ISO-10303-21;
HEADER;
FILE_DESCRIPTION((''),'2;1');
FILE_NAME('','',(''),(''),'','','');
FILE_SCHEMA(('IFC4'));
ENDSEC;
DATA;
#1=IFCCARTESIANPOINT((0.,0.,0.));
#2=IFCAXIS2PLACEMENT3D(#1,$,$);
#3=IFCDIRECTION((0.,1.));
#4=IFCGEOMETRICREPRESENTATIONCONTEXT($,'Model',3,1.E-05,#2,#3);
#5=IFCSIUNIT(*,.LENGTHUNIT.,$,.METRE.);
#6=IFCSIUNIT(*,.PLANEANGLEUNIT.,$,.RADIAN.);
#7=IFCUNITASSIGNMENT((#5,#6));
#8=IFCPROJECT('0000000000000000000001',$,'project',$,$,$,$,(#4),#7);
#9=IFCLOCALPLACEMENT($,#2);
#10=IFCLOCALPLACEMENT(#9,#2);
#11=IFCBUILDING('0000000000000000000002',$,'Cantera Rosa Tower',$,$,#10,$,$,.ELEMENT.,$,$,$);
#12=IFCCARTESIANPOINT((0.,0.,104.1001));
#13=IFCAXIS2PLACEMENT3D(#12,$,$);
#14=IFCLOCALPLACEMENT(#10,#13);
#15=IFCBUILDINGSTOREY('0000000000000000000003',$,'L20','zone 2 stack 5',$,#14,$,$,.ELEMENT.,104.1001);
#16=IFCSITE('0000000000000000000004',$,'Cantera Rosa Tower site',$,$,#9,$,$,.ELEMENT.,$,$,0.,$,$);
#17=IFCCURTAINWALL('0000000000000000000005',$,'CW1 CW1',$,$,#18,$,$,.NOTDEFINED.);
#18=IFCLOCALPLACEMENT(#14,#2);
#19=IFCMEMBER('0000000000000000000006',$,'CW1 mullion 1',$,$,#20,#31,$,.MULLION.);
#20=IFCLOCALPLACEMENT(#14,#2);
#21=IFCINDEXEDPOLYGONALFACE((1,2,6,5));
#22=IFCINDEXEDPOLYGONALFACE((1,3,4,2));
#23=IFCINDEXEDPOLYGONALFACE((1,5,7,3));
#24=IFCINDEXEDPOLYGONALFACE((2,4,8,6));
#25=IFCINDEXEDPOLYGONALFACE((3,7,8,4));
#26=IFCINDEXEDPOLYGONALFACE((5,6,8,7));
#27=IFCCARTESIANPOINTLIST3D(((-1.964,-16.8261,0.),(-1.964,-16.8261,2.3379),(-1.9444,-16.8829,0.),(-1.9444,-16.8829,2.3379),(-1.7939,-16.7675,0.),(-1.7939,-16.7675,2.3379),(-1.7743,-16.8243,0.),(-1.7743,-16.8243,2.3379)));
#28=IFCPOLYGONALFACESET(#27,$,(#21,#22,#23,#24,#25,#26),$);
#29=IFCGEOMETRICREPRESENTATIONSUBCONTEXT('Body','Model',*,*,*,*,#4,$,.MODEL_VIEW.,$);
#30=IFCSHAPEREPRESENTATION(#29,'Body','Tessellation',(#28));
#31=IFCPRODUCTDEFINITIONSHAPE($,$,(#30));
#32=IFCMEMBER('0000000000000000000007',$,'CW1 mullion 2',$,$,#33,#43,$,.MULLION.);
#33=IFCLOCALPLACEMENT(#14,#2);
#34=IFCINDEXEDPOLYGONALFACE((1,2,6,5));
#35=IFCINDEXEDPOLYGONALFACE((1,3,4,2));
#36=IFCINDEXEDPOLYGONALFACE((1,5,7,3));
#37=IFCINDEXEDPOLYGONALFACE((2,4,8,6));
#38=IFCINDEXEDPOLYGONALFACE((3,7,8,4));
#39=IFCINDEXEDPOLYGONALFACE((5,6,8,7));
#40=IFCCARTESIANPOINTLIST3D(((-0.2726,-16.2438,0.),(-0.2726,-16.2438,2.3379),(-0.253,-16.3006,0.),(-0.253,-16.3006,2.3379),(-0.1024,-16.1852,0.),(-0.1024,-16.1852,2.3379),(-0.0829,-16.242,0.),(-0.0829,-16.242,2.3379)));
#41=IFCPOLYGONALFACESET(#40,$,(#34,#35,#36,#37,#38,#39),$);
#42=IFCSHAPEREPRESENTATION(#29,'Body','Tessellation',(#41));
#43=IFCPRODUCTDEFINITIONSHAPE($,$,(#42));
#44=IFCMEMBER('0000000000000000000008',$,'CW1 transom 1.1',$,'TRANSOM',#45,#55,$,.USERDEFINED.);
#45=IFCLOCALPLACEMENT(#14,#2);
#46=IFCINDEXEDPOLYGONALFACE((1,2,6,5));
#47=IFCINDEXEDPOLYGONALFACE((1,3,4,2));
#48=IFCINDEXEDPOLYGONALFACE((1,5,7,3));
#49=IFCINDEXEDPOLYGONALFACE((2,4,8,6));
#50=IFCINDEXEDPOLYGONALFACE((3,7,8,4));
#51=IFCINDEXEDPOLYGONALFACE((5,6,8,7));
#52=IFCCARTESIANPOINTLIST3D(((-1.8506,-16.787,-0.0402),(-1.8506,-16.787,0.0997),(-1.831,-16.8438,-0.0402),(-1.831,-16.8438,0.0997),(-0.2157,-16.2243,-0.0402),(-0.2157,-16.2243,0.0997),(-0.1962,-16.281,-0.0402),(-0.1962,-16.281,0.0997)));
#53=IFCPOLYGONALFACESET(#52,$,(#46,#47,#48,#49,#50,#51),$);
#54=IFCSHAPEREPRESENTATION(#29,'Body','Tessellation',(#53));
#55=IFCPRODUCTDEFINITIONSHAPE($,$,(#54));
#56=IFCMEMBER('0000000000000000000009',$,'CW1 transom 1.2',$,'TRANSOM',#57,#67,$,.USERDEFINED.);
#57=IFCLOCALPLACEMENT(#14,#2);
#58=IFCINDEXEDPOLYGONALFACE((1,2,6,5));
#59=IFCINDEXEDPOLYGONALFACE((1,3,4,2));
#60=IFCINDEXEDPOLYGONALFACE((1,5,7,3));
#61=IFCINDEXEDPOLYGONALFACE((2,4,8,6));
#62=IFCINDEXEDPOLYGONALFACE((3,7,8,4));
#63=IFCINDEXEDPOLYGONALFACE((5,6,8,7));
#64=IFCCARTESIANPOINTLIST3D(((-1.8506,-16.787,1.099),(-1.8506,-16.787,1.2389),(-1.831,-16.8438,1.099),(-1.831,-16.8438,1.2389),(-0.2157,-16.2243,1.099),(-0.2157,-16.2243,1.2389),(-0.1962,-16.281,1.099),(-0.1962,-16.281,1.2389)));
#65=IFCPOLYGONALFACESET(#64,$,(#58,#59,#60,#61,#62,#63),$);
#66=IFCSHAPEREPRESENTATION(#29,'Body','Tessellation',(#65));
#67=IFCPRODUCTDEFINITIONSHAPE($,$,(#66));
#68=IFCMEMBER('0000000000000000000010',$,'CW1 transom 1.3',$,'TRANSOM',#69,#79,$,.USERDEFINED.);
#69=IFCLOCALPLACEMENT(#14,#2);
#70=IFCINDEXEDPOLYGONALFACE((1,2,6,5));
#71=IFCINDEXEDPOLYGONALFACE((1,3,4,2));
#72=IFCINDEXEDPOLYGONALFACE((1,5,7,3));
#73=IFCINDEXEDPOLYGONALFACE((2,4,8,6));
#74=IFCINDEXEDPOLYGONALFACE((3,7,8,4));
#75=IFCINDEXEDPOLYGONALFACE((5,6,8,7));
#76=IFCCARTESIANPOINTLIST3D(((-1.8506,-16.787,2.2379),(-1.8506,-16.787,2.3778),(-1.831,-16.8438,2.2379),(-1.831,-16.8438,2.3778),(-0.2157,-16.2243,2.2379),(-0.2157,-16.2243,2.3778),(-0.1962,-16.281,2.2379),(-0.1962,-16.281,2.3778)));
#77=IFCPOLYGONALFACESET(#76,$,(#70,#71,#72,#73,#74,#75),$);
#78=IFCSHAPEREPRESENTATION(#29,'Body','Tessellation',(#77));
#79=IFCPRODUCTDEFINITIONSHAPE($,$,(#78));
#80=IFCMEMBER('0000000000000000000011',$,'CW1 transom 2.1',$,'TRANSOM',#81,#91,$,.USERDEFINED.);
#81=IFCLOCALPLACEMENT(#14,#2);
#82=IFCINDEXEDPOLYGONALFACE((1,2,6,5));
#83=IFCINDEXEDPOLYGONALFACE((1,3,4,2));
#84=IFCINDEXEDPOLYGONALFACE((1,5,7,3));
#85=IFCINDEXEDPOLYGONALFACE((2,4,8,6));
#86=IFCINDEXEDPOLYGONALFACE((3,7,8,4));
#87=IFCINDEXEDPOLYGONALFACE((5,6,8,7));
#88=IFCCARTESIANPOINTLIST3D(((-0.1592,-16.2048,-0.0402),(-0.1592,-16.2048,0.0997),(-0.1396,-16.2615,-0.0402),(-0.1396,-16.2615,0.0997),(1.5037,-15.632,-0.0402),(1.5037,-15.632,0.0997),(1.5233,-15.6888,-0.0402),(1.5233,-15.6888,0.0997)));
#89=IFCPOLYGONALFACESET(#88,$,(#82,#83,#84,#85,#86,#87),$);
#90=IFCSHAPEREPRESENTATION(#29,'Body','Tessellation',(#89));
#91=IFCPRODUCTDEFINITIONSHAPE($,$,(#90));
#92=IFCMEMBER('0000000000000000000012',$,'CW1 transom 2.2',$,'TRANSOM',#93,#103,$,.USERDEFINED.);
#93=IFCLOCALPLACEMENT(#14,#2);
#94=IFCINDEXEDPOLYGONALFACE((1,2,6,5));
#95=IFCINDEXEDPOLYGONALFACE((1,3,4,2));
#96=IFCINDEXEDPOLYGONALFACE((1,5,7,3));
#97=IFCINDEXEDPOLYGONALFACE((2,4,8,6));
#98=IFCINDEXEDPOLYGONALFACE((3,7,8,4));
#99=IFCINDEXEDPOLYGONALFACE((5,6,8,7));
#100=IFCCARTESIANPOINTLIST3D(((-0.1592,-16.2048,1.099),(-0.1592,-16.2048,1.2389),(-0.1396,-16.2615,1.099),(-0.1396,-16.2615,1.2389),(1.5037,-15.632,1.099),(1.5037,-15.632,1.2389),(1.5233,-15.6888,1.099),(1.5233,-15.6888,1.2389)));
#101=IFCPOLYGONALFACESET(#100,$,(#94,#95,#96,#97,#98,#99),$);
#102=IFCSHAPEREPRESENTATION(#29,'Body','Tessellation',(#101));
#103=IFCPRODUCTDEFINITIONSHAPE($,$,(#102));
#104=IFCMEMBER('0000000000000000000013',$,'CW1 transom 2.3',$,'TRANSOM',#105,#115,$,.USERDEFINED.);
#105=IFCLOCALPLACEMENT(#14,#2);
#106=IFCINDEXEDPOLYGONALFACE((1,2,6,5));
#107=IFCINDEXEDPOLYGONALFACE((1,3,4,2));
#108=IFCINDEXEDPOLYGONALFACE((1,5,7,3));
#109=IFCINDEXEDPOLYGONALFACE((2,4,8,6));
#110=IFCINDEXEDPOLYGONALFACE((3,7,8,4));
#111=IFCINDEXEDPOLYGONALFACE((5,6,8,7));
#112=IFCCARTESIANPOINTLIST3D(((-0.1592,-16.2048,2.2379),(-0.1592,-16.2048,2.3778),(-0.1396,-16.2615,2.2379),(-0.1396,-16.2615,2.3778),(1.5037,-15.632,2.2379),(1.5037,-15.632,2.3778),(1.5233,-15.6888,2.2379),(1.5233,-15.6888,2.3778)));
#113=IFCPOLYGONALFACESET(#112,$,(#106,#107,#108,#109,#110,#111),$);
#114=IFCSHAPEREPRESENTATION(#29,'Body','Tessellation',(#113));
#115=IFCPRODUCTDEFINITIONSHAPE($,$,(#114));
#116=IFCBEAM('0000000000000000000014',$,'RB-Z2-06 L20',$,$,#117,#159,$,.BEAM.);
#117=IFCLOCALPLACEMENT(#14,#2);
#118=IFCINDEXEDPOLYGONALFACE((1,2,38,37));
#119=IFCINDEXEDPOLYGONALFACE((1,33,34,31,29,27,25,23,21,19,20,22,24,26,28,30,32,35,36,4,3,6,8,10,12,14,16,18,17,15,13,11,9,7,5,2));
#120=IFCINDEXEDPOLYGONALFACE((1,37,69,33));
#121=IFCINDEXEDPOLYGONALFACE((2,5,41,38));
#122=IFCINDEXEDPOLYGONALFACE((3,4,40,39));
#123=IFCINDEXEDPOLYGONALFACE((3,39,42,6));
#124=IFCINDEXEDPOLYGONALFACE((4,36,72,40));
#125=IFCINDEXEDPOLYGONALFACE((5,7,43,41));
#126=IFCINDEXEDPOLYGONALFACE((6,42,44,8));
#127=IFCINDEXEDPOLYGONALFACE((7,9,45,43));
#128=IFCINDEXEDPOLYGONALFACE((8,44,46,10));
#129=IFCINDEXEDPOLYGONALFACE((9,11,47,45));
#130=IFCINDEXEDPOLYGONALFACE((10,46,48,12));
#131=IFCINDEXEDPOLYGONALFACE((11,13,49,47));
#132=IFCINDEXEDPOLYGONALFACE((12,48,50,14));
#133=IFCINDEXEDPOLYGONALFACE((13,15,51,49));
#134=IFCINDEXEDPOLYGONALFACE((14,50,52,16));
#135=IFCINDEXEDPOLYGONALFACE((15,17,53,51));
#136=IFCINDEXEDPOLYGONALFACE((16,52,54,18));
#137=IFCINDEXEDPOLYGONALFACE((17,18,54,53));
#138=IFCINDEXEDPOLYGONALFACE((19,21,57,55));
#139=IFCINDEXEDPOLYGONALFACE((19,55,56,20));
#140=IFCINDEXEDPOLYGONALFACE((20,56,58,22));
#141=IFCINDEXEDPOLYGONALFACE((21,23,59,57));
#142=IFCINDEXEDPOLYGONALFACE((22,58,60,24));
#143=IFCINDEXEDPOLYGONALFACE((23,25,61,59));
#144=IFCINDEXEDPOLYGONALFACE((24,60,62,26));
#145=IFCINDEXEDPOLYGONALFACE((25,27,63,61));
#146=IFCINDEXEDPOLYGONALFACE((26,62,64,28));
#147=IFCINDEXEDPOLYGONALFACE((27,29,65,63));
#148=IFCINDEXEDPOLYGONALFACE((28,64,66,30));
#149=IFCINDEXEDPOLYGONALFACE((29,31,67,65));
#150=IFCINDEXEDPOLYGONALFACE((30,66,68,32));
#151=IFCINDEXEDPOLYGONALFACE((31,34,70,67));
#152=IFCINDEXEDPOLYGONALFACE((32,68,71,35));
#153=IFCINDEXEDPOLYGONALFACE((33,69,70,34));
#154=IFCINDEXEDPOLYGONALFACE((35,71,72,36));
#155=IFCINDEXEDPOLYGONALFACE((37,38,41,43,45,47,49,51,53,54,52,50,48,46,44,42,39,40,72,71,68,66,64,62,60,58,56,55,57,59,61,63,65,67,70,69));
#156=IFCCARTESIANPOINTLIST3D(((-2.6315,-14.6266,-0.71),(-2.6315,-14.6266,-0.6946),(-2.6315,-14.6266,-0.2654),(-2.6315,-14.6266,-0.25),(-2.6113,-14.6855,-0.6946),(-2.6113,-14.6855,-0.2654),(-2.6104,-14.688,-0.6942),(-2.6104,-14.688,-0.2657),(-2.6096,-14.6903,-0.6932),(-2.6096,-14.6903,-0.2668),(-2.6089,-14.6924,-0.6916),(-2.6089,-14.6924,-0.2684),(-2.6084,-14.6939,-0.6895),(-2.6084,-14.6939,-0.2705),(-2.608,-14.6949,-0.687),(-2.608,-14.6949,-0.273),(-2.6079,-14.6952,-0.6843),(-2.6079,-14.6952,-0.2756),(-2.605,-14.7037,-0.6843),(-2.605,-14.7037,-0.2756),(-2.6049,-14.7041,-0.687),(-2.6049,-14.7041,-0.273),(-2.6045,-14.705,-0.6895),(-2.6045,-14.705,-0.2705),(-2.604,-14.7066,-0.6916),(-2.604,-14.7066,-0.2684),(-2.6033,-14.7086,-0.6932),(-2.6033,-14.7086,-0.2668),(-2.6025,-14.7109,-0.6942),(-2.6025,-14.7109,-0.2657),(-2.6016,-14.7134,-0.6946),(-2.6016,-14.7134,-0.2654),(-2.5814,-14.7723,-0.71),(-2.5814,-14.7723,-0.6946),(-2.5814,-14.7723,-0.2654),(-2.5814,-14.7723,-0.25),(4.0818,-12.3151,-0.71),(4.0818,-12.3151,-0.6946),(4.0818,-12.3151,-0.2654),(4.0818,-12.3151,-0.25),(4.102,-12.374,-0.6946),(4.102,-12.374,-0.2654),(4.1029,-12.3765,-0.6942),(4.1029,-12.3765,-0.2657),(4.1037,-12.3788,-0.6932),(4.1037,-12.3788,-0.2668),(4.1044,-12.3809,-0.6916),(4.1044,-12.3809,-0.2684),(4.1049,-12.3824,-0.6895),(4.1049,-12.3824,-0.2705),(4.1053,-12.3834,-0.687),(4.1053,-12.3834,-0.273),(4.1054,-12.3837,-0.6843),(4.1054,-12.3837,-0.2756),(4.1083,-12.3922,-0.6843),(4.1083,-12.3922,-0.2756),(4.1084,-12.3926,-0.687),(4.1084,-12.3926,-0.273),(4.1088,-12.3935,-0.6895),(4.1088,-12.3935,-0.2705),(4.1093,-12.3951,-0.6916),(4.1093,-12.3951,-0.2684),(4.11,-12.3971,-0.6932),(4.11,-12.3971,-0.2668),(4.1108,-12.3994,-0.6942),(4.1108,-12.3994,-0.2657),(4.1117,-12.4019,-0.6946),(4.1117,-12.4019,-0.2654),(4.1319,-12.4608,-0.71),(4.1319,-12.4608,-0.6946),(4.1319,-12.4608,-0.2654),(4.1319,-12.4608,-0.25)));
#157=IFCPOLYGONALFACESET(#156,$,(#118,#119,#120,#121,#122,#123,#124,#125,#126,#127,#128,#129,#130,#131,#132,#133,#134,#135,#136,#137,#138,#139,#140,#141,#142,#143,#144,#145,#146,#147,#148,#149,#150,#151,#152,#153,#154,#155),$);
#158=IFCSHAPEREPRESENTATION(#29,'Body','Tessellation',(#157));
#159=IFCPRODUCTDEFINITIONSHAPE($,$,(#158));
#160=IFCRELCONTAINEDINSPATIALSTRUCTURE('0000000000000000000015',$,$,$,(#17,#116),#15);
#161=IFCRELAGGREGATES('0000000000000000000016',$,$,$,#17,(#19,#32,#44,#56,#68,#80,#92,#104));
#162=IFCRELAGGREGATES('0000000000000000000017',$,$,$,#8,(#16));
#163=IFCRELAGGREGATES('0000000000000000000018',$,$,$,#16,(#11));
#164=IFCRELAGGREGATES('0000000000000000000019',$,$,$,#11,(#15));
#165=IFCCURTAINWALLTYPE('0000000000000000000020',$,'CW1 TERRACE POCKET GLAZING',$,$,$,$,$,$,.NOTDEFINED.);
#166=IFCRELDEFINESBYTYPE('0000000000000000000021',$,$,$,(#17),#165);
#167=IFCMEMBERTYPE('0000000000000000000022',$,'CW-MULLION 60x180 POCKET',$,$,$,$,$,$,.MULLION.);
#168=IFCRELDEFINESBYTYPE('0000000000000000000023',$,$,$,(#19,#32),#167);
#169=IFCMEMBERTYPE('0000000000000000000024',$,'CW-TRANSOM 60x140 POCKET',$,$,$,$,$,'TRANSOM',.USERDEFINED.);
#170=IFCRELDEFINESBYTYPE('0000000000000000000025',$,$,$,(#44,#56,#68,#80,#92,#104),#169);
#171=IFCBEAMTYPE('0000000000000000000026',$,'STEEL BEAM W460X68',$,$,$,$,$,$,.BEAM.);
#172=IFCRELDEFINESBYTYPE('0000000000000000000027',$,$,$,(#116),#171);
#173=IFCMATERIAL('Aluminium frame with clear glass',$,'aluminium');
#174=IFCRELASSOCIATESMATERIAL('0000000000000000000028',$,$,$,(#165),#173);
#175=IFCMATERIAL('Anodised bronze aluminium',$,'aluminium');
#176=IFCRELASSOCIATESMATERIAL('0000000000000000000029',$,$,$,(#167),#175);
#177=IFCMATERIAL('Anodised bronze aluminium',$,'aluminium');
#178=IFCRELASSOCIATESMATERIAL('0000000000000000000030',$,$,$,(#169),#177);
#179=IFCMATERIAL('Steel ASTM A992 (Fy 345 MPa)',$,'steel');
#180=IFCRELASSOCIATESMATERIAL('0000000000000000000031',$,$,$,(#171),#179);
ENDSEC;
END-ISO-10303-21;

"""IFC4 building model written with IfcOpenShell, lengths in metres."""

from ifc_helpers import new_model, si_unit, direction, frame, origin, origin_2d, place, context, subcontext, project, spatial, rectangle, i_section, extrude, material, material_profile, profile_set, type_object, element, aggregate, save


model = new_model("IFC4")

# Units and contexts
model_context = context("Model", 3, precision=1e-05, world=origin(), true_north=direction((0.0, 1.0)))
body_context = subcontext(model_context, "Body", "Model", "MODEL_VIEW")
ifc_project = project(units=[si_unit("LENGTHUNIT", "METRE"), si_unit("PLANEANGLEUNIT", "RADIAN")], contexts=[model_context])

# Site, building, storey
site_placement = place(None, origin())
site = spatial("IfcSite", under=ifc_project, at=site_placement, Name="Cantera Rosa Tower site", CompositionType="ELEMENT", RefElevation=0.0)
building_placement = place(site_placement, origin())
building = spatial("IfcBuilding", under=site, at=building_placement, Name="Cantera Rosa Tower", CompositionType="ELEMENT")
storey_placement = place(building_placement, frame((0.0, 0.0, 104.1001)))
storey = spatial("IfcBuildingStorey", under=building, at=storey_placement, Name="L20", Description="zone 2 stack 5", CompositionType="ELEMENT", Elevation=104.1001)

# Curtain wall, members
ifc_material_1 = material(Name="Aluminium frame with clear glass", Category="aluminium")
curtain_wall_type = type_object("IfcCurtainWallType", Name="CW1 TERRACE POCKET GLAZING", PredefinedType="NOTDEFINED", material=ifc_material_1)
curtain_wall_placement = place(storey_placement, origin())
curtain_wall = element("IfcCurtainWall", 1, at=curtain_wall_placement, inside=storey, type_object=curtain_wall_type, Name="CW1 CW1", PredefinedType="NOTDEFINED")
ifc_material_2 = material(Name="Anodised bronze aluminium", Category="aluminium")
ifc_material_profile_1 = material_profile(ifc_material_2, rectangle(XDim=0.0601, YDim=0.1799, at=origin_2d()), Name="CW-MULLION 60x180 POCKET")
ifc_profile_set_1 = profile_set([ifc_material_profile_1], Name="Anodised bronze aluminium")
member_type_1 = type_object("IfcMemberType", Name="CW-MULLION 60x180 POCKET", PredefinedType="MULLION", material=ifc_profile_set_1)
member_1_placement = place(storey_placement, frame((-1.8691, -16.8252, 0.0), z_axis=(0.0, 0.0, 1.0), x_axis=(-0.325568, 0.945519, 0.0)))
member_1 = element("IfcMember", 2, at=member_1_placement, type_object=member_type_1, Name="CW1 mullion 1", PredefinedType="MULLION", context=body_context, shape_type="SweptSolid", body=[
    extrude(rectangle(XDim=0.0601, YDim=0.1799, at=origin_2d()), origin(), (0.0, 0.0, 1.0), 2.3379),
])
member_2_placement = place(storey_placement, frame((-0.1777, -16.2429, 0.0), z_axis=(0.0, 0.0, 1.0), x_axis=(-0.325568, 0.945519, 0.0)))
member_2 = element("IfcMember", 3, at=member_2_placement, type_object=member_type_1, Name="CW1 mullion 2", PredefinedType="MULLION", context=body_context, shape_type="SweptSolid", body=[
    extrude(rectangle(XDim=0.0601, YDim=0.1799, at=origin_2d()), origin(), (0.0, 0.0, 1.0), 2.3379),
])
ifc_material_3 = material(Name="Anodised bronze aluminium", Category="aluminium")
ifc_material_profile_2 = material_profile(ifc_material_3, rectangle(XDim=0.0601, YDim=0.1399, at=origin_2d()), Name="CW-TRANSOM 60x140 POCKET")
ifc_profile_set_2 = profile_set([ifc_material_profile_2], Name="Anodised bronze aluminium")
member_type_2 = type_object("IfcMemberType", Name="CW-TRANSOM 60x140 POCKET", ElementType="TRANSOM", PredefinedType="USERDEFINED", material=ifc_profile_set_2)
member_3_placement = place(storey_placement, frame((-1.8408, -16.8154, 0.0298), z_axis=(0.945545, 0.32549, 0.0), x_axis=(-0.32549, 0.945545, 0.0)))
member_3 = element("IfcMember", 4, at=member_3_placement, type_object=member_type_2, Name="CW1 transom 1.1", ObjectType="TRANSOM", PredefinedType="USERDEFINED", context=body_context, shape_type="SweptSolid", body=[
    extrude(rectangle(XDim=0.0601, YDim=0.1399, at=origin_2d()), origin(), (0.0, 0.0, 1.0), 1.729),
])
member_4_placement = place(storey_placement, frame((-1.8408, -16.8154, 1.1689), z_axis=(0.945545, 0.32549, 0.0), x_axis=(-0.32549, 0.945545, 0.0)))
member_4 = element("IfcMember", 5, at=member_4_placement, type_object=member_type_2, Name="CW1 transom 1.2", ObjectType="TRANSOM", PredefinedType="USERDEFINED", context=body_context, shape_type="SweptSolid", body=[
    extrude(rectangle(XDim=0.0601, YDim=0.1399, at=origin_2d()), origin(), (0.0, 0.0, 1.0), 1.729),
])
member_5_placement = place(storey_placement, frame((-1.8408, -16.8154, 2.3079), z_axis=(0.945545, 0.32549, 0.0), x_axis=(-0.32549, 0.945545, 0.0)))
member_5 = element("IfcMember", 6, at=member_5_placement, type_object=member_type_2, Name="CW1 transom 1.3", ObjectType="TRANSOM", PredefinedType="USERDEFINED", context=body_context, shape_type="SweptSolid", body=[
    extrude(rectangle(XDim=0.0601, YDim=0.1399, at=origin_2d()), origin(), (0.0, 0.0, 1.0), 1.729),
])
member_6_placement = place(storey_placement, frame((-0.1494, -16.2332, 0.0298), z_axis=(0.945485, 0.325666, 0.0), x_axis=(-0.325666, 0.945485, 0.0)))
member_6 = element("IfcMember", 7, at=member_6_placement, type_object=member_type_2, Name="CW1 transom 2.1", ObjectType="TRANSOM", PredefinedType="USERDEFINED", context=body_context, shape_type="SweptSolid", body=[
    extrude(rectangle(XDim=0.0601, YDim=0.1399, at=origin_2d()), origin(), (0.0, 0.0, 1.0), 1.7588),
])
member_7_placement = place(storey_placement, frame((-0.1494, -16.2332, 1.1689), z_axis=(0.945485, 0.325666, 0.0), x_axis=(-0.325666, 0.945485, 0.0)))
member_7 = element("IfcMember", 8, at=member_7_placement, type_object=member_type_2, Name="CW1 transom 2.2", ObjectType="TRANSOM", PredefinedType="USERDEFINED", context=body_context, shape_type="SweptSolid", body=[
    extrude(rectangle(XDim=0.0601, YDim=0.1399, at=origin_2d()), origin(), (0.0, 0.0, 1.0), 1.7588),
])
member_8_placement = place(storey_placement, frame((-0.1494, -16.2332, 2.3079), z_axis=(0.945485, 0.325666, 0.0), x_axis=(-0.325666, 0.945485, 0.0)))
member_8 = element("IfcMember", 9, at=member_8_placement, type_object=member_type_2, Name="CW1 transom 2.3", ObjectType="TRANSOM", PredefinedType="USERDEFINED", context=body_context, shape_type="SweptSolid", body=[
    extrude(rectangle(XDim=0.0601, YDim=0.1399, at=origin_2d()), origin(), (0.0, 0.0, 1.0), 1.7588),
])

# Beam
ifc_material_4 = material(Name="Steel ASTM A992 (Fy 345 MPa)", Category="steel")
ifc_material_profile_3 = material_profile(ifc_material_4, i_section(OverallWidth=0.1541, OverallDepth=0.46, WebThickness=0.009, FlangeThickness=0.0154, FilletRadius=0.0103, at=origin_2d()), Name="W460X68")
ifc_profile_set_3 = profile_set([ifc_material_profile_3], Name="Steel ASTM A992 (Fy 345 MPa)")
beam_type = type_object("IfcBeamType", Name="STEEL BEAM W460X68", PredefinedType="BEAM", material=ifc_profile_set_3)
beam_placement = place(storey_placement, frame((-2.6064, -14.6995, -0.48), z_axis=(0.945522, 0.325558, 0.0), x_axis=(-0.325558, 0.945522, 0.0)))
element("IfcBeam", 10, at=beam_placement, inside=storey, type_object=beam_type, Name="RB-Z2-06 L20", PredefinedType="BEAM", context=body_context, shape_type="SweptSolid", body=[
    extrude(i_section(OverallWidth=0.1541, OverallDepth=0.46, WebThickness=0.009, FlangeThickness=0.0154, FilletRadius=0.0103, at=origin_2d()), origin(), (0.0, 0.0, 1.0), 7.1001),
])

aggregate(curtain_wall, [member_1, member_2, member_3, member_4, member_5, member_6, member_7, member_8])

save(model, "model.ifc")
